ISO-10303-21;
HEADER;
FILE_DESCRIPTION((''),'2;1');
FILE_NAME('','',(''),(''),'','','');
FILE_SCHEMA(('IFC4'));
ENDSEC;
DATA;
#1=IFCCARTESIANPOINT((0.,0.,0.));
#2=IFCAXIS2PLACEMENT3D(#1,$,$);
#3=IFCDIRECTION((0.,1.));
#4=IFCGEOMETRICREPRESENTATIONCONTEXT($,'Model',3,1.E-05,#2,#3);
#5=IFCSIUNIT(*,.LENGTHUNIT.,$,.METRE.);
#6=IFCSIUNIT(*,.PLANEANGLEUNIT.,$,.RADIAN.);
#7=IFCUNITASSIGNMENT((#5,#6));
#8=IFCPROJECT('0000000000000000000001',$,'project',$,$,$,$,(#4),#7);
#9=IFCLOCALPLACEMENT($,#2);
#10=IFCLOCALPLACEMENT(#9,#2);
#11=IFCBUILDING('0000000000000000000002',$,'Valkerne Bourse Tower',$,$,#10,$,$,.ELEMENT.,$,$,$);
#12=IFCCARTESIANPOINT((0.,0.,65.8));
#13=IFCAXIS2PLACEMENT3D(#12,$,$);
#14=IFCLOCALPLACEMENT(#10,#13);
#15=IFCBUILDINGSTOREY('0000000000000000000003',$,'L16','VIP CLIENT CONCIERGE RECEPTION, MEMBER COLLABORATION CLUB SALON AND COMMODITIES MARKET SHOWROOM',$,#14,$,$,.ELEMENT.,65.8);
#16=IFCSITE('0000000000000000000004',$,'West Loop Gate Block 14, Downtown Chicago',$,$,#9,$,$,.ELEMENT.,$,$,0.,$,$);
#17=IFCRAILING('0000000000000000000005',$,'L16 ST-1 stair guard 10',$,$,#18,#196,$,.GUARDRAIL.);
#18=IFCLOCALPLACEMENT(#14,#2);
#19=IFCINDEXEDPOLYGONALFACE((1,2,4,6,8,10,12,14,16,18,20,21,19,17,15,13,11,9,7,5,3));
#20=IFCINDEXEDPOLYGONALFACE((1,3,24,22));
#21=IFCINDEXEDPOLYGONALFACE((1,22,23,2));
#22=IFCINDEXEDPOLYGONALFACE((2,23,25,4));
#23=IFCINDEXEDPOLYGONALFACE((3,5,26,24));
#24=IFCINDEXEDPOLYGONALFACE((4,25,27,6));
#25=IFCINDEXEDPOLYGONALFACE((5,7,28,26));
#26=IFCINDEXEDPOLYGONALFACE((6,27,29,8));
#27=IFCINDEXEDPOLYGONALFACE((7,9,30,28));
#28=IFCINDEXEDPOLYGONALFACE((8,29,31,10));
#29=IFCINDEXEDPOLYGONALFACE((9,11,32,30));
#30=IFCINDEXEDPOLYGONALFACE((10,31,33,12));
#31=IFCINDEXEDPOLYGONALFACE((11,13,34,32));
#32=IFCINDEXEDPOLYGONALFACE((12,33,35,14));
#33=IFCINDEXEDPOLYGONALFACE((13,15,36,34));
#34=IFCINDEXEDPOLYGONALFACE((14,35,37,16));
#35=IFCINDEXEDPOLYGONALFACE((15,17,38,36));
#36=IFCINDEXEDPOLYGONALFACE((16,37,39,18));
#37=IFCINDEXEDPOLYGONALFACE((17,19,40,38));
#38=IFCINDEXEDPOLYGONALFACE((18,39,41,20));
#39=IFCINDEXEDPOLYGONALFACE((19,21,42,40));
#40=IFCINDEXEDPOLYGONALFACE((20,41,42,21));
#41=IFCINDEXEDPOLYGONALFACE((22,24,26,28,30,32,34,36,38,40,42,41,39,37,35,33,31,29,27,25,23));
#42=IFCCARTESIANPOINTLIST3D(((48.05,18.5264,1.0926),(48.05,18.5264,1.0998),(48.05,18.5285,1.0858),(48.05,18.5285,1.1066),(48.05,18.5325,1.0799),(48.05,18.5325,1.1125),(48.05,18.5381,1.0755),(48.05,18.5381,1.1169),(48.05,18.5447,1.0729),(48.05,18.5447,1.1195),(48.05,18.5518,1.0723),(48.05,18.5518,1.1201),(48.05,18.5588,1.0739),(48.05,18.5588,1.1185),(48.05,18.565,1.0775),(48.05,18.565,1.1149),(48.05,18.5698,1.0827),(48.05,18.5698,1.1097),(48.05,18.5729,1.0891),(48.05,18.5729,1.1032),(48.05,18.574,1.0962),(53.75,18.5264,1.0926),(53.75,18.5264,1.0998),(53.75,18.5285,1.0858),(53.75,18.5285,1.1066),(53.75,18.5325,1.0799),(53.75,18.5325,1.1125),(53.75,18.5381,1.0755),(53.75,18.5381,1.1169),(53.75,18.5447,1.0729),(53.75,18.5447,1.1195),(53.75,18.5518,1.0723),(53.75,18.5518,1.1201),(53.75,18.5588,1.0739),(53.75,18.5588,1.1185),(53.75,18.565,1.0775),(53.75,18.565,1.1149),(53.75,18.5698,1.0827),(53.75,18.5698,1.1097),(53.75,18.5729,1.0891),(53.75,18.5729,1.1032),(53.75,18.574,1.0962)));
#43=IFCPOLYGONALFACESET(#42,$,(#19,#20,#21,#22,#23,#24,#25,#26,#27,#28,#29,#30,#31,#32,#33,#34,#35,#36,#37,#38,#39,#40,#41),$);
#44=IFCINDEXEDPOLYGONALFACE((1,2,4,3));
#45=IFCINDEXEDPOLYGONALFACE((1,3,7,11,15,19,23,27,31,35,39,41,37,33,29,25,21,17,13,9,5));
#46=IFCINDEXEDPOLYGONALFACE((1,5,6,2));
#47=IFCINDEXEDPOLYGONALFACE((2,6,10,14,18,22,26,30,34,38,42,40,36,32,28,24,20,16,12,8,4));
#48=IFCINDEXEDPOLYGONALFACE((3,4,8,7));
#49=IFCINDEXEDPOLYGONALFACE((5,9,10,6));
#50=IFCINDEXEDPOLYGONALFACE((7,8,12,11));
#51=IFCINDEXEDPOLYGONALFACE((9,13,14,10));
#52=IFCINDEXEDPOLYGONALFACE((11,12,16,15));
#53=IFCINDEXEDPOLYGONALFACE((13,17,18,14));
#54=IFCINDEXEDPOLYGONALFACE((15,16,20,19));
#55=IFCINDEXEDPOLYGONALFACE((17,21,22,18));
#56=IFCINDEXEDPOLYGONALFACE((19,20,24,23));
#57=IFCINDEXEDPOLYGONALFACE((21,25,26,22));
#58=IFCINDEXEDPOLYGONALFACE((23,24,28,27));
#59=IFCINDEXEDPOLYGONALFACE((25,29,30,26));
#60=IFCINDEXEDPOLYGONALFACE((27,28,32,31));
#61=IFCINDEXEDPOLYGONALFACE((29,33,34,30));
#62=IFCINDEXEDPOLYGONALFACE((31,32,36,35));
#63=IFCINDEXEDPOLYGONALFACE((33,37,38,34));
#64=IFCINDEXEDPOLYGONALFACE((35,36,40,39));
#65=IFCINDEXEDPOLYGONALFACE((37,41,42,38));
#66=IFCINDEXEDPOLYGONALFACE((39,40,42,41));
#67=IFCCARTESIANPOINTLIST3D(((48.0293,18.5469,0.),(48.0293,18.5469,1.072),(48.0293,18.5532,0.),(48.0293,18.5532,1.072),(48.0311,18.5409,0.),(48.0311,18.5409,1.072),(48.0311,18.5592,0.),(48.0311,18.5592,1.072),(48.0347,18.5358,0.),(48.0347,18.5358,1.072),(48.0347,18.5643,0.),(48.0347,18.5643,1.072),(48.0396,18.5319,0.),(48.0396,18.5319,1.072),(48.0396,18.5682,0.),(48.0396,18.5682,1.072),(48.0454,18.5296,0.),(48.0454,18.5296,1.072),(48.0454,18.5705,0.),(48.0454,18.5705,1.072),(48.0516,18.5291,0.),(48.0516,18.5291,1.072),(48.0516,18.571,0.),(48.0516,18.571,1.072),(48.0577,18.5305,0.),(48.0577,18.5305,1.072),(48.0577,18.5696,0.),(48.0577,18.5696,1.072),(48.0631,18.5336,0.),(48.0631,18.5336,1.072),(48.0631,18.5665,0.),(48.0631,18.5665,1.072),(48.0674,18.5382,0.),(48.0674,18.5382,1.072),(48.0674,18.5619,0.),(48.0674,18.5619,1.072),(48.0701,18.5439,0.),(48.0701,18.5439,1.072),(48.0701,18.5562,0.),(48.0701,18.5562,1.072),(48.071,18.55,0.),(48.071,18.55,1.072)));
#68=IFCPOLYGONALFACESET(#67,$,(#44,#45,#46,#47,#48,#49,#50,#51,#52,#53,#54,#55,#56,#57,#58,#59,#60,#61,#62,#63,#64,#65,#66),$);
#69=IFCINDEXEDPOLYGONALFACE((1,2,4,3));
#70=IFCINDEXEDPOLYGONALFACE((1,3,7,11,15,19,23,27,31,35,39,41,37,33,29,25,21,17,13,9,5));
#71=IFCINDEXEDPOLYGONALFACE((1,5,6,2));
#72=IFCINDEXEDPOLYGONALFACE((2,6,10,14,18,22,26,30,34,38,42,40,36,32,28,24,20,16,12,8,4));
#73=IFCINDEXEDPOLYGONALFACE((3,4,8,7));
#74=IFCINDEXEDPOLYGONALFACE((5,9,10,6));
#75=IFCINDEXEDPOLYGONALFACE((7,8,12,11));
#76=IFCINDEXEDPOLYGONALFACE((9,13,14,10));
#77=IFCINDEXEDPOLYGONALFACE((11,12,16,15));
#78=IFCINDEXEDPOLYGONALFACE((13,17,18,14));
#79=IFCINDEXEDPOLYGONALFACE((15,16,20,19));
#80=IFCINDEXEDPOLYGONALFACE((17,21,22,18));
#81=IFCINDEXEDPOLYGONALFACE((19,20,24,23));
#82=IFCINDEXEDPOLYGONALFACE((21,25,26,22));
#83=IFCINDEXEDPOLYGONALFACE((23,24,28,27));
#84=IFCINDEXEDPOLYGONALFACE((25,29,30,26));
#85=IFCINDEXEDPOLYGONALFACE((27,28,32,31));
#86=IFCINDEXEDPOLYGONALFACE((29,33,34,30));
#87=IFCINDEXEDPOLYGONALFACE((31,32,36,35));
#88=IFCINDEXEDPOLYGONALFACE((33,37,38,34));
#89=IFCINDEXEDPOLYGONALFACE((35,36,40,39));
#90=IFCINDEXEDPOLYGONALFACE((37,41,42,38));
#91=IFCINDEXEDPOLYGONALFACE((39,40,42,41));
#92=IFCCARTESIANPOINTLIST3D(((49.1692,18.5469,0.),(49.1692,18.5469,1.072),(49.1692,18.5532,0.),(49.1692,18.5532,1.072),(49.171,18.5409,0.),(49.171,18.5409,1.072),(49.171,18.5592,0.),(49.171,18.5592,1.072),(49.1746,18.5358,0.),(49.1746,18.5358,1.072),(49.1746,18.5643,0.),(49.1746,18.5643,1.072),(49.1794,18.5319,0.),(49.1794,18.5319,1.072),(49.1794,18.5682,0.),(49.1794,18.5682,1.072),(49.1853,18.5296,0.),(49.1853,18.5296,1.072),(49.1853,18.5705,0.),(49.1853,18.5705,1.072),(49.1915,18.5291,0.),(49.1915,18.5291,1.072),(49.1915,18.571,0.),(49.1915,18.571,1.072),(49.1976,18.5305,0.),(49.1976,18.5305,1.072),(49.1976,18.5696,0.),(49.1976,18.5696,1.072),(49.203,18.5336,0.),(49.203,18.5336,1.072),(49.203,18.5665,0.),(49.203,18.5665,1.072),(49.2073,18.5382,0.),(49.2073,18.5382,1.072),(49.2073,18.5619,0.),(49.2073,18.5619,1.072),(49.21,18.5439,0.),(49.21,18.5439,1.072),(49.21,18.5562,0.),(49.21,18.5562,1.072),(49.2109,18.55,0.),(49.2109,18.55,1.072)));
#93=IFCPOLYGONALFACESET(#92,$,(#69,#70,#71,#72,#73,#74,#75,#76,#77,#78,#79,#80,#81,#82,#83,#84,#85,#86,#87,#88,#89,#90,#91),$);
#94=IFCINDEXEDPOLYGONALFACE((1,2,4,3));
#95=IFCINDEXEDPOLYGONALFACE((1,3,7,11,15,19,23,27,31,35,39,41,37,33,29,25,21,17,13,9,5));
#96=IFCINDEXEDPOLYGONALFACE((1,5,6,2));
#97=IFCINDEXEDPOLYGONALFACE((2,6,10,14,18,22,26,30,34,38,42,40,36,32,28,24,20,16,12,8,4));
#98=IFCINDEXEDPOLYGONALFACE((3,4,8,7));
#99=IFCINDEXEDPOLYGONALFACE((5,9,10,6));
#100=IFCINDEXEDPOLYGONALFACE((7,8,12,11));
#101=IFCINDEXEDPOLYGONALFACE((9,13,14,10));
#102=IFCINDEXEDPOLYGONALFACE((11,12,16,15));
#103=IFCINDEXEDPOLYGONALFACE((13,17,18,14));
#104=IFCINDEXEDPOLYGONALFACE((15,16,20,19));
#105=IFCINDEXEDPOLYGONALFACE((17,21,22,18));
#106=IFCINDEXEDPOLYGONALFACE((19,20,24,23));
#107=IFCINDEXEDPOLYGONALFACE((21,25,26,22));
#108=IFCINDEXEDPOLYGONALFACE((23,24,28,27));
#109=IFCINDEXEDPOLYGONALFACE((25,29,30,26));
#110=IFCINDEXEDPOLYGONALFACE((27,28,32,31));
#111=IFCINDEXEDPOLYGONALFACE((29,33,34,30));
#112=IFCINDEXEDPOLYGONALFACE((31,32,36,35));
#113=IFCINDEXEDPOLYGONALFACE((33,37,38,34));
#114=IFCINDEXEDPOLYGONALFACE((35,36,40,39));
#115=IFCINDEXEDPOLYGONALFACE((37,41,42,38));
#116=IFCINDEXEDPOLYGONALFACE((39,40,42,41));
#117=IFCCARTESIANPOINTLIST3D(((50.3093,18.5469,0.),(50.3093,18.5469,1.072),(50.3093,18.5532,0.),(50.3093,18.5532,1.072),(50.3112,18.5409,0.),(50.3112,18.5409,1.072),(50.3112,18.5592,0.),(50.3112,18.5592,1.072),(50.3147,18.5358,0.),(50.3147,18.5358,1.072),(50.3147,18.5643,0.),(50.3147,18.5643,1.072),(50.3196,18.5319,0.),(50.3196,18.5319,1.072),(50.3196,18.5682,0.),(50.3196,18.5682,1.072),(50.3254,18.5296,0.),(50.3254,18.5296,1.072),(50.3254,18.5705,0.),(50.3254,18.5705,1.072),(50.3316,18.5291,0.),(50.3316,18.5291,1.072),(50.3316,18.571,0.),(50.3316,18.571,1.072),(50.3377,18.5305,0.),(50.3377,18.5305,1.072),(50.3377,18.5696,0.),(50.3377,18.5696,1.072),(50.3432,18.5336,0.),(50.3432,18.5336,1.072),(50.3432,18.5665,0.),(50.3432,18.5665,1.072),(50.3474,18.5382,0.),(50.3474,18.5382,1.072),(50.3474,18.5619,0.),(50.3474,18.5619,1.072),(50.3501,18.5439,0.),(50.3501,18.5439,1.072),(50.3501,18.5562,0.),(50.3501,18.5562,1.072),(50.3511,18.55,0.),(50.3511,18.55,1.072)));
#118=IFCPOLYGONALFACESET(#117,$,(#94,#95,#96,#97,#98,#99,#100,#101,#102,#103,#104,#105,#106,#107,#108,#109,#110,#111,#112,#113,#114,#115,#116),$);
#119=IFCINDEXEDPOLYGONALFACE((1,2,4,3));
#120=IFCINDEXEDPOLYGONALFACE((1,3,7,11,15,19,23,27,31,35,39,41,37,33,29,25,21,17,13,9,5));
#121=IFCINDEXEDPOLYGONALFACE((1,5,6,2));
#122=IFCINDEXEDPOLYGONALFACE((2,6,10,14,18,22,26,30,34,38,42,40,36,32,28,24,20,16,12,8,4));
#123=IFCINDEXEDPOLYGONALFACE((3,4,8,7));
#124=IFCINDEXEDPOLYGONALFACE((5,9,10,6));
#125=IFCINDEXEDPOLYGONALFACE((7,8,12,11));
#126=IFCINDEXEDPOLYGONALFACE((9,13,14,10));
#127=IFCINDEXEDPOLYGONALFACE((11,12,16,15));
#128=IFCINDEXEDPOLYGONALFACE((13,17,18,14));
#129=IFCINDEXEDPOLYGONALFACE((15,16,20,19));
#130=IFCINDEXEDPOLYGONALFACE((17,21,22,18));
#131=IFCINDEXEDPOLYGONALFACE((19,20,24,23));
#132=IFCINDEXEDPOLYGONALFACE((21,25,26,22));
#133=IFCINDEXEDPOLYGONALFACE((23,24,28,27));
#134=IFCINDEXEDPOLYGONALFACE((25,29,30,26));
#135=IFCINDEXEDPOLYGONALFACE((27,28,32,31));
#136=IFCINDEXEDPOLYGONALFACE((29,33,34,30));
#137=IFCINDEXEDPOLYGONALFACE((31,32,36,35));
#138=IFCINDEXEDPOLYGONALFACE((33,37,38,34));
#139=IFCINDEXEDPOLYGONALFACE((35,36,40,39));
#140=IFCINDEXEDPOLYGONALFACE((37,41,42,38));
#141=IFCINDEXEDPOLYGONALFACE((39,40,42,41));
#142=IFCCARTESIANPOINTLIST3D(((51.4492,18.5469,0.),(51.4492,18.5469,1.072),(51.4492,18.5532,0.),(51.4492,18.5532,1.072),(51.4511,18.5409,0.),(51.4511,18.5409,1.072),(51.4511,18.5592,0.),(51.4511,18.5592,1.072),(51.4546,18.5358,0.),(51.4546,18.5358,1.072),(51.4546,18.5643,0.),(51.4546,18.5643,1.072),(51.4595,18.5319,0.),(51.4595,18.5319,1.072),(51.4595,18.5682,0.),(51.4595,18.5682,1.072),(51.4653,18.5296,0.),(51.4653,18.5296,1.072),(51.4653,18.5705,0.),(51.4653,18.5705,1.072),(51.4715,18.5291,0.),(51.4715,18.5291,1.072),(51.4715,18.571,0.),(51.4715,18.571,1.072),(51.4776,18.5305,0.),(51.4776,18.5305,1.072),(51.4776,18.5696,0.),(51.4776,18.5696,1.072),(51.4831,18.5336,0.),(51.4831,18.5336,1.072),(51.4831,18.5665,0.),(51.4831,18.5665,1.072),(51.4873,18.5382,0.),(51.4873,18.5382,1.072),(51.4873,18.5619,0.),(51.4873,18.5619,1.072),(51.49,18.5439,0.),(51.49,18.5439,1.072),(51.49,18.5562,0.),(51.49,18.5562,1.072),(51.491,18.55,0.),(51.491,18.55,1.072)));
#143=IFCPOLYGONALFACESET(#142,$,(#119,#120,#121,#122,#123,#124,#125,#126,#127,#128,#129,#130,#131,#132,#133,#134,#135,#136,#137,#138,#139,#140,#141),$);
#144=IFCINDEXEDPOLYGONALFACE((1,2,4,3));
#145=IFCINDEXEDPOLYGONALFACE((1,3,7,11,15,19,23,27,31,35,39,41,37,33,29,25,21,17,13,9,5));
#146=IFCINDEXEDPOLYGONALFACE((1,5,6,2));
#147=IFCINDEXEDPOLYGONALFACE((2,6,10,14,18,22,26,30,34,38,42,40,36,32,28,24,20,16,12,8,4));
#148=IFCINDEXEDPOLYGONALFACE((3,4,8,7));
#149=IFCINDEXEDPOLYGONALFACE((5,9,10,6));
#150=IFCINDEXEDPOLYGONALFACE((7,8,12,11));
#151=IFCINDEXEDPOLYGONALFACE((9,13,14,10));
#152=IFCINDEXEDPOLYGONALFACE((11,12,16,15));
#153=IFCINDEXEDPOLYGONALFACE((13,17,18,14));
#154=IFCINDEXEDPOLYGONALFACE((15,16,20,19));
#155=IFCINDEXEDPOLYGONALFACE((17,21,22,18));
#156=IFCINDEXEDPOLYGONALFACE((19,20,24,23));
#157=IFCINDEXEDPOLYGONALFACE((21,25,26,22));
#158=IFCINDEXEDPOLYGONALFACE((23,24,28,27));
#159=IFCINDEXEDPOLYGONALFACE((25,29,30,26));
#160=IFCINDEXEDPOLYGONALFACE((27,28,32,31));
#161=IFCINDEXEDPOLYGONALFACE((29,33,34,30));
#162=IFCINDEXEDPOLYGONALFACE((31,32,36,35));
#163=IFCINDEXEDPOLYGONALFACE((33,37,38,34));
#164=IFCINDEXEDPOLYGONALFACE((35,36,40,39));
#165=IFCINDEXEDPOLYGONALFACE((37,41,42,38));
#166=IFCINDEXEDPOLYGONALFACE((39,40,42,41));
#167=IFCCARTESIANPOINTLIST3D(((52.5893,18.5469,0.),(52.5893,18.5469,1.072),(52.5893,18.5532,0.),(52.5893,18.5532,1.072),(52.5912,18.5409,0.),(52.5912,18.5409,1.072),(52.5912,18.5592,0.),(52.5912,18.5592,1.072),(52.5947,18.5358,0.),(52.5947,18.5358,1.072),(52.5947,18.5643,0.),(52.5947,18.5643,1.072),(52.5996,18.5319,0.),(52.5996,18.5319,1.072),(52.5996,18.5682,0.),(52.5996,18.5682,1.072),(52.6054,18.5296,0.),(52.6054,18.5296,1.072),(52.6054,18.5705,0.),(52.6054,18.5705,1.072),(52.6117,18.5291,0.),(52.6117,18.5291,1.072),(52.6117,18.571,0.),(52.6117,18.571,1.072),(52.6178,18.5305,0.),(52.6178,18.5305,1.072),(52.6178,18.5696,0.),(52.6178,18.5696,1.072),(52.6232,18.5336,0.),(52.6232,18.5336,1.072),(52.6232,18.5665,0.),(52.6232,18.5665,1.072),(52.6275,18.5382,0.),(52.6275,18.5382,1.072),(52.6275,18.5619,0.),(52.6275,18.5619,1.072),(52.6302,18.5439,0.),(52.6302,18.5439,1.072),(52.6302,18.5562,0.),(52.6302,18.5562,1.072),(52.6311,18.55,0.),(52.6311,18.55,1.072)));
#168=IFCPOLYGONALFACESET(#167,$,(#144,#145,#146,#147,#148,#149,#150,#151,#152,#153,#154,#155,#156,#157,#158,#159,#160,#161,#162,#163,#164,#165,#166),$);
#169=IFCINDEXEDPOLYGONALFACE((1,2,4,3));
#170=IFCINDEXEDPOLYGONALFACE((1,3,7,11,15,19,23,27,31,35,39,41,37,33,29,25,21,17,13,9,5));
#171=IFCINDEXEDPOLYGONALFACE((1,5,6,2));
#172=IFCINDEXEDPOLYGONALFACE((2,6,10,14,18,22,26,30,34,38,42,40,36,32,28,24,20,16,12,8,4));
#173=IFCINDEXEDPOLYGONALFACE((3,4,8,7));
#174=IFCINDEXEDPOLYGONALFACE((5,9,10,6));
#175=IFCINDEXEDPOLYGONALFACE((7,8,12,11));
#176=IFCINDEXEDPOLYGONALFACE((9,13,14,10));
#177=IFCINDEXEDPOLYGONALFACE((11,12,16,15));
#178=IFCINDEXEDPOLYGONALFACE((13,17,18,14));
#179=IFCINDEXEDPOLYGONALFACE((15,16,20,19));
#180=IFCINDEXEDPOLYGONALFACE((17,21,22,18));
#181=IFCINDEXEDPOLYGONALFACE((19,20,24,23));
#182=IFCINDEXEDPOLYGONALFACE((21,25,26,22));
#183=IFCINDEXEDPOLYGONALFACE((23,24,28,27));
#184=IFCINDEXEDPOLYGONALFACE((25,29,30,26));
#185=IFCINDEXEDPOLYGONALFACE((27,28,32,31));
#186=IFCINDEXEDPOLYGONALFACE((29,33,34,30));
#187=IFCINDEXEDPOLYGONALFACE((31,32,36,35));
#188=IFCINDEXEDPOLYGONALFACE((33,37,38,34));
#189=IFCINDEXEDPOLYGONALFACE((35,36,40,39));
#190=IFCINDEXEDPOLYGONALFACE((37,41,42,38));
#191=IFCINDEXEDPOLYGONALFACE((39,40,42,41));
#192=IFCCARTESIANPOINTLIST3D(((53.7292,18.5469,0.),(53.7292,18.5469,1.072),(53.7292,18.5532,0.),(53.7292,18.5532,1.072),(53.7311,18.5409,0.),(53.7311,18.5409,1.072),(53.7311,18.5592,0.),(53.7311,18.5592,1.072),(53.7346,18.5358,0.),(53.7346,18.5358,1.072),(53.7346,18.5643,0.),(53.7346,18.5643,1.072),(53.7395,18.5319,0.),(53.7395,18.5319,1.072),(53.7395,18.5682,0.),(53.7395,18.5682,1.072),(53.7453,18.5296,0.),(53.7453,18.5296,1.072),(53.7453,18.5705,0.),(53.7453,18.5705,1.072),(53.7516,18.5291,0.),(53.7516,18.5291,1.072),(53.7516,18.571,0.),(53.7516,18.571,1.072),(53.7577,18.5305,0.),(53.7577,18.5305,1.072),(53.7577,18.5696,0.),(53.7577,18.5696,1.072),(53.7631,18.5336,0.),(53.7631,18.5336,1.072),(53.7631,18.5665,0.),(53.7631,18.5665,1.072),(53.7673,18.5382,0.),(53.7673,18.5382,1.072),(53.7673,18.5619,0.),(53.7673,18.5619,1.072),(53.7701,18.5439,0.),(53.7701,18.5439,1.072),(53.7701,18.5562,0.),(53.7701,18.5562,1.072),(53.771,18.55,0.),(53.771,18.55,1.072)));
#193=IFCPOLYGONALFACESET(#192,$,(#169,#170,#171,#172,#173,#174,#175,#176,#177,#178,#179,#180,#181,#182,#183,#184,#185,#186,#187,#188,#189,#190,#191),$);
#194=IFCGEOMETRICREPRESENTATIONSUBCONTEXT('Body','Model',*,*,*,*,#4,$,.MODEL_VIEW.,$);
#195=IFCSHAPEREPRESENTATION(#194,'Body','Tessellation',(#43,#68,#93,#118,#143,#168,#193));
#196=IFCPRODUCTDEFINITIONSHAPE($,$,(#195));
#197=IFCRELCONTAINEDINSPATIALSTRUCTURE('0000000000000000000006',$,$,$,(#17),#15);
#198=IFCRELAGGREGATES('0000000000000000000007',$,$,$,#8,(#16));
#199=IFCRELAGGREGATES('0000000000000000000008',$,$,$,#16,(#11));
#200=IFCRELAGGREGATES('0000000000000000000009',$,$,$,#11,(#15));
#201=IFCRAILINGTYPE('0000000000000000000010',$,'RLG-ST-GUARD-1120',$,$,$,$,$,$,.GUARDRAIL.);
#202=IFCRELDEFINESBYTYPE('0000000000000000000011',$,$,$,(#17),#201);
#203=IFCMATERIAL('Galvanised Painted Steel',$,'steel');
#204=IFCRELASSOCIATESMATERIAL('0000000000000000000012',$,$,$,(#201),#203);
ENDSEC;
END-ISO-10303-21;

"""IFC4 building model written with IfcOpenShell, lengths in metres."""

from ifc_helpers import new_model, si_unit, direction, frame, origin, origin_2d, place, context, subcontext, project, spatial, circle, extrude, material, type_object, element, save


model = new_model("IFC4")

# Units and contexts
model_context = context("Model", 3, precision=1e-05, world=origin(), true_north=direction((0.0, 1.0)))
body_context = subcontext(model_context, "Body", "Model", "MODEL_VIEW")
ifc_project = project(units=[si_unit("LENGTHUNIT", "METRE"), si_unit("PLANEANGLEUNIT", "RADIAN")], contexts=[model_context])

# Site, building, storey
site_placement = place(None, origin())
site = spatial("IfcSite", under=ifc_project, at=site_placement, Name="West Loop Gate Block 14, Downtown Chicago", CompositionType="ELEMENT", RefElevation=0.0)
building_placement = place(site_placement, origin())
building = spatial("IfcBuilding", under=site, at=building_placement, Name="Valkerne Bourse Tower", CompositionType="ELEMENT")
storey_placement = place(building_placement, frame((0.0, 0.0, 65.8)))
storey = spatial("IfcBuildingStorey", under=building, at=storey_placement, Name="L16", Description="VIP CLIENT CONCIERGE RECEPTION, MEMBER COLLABORATION CLUB SALON AND COMMODITIES MARKET SHOWROOM", CompositionType="ELEMENT", Elevation=65.8)

# Shared definitions
ifc_material_1 = material(Name="Galvanised Painted Steel", Category="steel")

# Railing
railing_type_1 = type_object("IfcRailingType", Name="RLG-ST-GUARD-1120", PredefinedType="GUARDRAIL", material=ifc_material_1)
for number, where, name in (
    (1, (48.05, 18.55, 0.0), "L16 ST-1 stair guard 10"),
):
    element("IfcRailing", number, at=place(storey_placement, frame(where)), inside=storey, type_object=railing_type_1, Name=name, PredefinedType="GUARDRAIL", context=body_context, shape_type="SweptSolid", body=[
        extrude(circle(Radius=0.0239, at=origin_2d()), frame((0.0, 0.0, 1.0962), z_axis=(1.0, 0.0, 0.0), x_axis=(0.0, 1.0, 0.0)), (0.0, 0.0, 1.0), 5.7),
        extrude(circle(Radius=0.021, at=origin_2d()), origin(), (0.0, 0.0, 1.0), 1.072),
        extrude(circle(Radius=0.021, at=origin_2d()), frame((1.1399, 0.0, 0.0)), (0.0, 0.0, 1.0), 1.072),
        extrude(circle(Radius=0.021, at=origin_2d()), frame((2.28, 0.0, 0.0)), (0.0, 0.0, 1.0), 1.072),
        extrude(circle(Radius=0.021, at=origin_2d()), frame((3.4199, 0.0, 0.0)), (0.0, 0.0, 1.0), 1.072),
        extrude(circle(Radius=0.021, at=origin_2d()), frame((4.5601, 0.0, 0.0)), (0.0, 0.0, 1.0), 1.072),
        extrude(circle(Radius=0.021, at=origin_2d()), frame((5.7, 0.0, 0.0)), (0.0, 0.0, 1.0), 1.072),
    ])

save(model, "model.ifc")
